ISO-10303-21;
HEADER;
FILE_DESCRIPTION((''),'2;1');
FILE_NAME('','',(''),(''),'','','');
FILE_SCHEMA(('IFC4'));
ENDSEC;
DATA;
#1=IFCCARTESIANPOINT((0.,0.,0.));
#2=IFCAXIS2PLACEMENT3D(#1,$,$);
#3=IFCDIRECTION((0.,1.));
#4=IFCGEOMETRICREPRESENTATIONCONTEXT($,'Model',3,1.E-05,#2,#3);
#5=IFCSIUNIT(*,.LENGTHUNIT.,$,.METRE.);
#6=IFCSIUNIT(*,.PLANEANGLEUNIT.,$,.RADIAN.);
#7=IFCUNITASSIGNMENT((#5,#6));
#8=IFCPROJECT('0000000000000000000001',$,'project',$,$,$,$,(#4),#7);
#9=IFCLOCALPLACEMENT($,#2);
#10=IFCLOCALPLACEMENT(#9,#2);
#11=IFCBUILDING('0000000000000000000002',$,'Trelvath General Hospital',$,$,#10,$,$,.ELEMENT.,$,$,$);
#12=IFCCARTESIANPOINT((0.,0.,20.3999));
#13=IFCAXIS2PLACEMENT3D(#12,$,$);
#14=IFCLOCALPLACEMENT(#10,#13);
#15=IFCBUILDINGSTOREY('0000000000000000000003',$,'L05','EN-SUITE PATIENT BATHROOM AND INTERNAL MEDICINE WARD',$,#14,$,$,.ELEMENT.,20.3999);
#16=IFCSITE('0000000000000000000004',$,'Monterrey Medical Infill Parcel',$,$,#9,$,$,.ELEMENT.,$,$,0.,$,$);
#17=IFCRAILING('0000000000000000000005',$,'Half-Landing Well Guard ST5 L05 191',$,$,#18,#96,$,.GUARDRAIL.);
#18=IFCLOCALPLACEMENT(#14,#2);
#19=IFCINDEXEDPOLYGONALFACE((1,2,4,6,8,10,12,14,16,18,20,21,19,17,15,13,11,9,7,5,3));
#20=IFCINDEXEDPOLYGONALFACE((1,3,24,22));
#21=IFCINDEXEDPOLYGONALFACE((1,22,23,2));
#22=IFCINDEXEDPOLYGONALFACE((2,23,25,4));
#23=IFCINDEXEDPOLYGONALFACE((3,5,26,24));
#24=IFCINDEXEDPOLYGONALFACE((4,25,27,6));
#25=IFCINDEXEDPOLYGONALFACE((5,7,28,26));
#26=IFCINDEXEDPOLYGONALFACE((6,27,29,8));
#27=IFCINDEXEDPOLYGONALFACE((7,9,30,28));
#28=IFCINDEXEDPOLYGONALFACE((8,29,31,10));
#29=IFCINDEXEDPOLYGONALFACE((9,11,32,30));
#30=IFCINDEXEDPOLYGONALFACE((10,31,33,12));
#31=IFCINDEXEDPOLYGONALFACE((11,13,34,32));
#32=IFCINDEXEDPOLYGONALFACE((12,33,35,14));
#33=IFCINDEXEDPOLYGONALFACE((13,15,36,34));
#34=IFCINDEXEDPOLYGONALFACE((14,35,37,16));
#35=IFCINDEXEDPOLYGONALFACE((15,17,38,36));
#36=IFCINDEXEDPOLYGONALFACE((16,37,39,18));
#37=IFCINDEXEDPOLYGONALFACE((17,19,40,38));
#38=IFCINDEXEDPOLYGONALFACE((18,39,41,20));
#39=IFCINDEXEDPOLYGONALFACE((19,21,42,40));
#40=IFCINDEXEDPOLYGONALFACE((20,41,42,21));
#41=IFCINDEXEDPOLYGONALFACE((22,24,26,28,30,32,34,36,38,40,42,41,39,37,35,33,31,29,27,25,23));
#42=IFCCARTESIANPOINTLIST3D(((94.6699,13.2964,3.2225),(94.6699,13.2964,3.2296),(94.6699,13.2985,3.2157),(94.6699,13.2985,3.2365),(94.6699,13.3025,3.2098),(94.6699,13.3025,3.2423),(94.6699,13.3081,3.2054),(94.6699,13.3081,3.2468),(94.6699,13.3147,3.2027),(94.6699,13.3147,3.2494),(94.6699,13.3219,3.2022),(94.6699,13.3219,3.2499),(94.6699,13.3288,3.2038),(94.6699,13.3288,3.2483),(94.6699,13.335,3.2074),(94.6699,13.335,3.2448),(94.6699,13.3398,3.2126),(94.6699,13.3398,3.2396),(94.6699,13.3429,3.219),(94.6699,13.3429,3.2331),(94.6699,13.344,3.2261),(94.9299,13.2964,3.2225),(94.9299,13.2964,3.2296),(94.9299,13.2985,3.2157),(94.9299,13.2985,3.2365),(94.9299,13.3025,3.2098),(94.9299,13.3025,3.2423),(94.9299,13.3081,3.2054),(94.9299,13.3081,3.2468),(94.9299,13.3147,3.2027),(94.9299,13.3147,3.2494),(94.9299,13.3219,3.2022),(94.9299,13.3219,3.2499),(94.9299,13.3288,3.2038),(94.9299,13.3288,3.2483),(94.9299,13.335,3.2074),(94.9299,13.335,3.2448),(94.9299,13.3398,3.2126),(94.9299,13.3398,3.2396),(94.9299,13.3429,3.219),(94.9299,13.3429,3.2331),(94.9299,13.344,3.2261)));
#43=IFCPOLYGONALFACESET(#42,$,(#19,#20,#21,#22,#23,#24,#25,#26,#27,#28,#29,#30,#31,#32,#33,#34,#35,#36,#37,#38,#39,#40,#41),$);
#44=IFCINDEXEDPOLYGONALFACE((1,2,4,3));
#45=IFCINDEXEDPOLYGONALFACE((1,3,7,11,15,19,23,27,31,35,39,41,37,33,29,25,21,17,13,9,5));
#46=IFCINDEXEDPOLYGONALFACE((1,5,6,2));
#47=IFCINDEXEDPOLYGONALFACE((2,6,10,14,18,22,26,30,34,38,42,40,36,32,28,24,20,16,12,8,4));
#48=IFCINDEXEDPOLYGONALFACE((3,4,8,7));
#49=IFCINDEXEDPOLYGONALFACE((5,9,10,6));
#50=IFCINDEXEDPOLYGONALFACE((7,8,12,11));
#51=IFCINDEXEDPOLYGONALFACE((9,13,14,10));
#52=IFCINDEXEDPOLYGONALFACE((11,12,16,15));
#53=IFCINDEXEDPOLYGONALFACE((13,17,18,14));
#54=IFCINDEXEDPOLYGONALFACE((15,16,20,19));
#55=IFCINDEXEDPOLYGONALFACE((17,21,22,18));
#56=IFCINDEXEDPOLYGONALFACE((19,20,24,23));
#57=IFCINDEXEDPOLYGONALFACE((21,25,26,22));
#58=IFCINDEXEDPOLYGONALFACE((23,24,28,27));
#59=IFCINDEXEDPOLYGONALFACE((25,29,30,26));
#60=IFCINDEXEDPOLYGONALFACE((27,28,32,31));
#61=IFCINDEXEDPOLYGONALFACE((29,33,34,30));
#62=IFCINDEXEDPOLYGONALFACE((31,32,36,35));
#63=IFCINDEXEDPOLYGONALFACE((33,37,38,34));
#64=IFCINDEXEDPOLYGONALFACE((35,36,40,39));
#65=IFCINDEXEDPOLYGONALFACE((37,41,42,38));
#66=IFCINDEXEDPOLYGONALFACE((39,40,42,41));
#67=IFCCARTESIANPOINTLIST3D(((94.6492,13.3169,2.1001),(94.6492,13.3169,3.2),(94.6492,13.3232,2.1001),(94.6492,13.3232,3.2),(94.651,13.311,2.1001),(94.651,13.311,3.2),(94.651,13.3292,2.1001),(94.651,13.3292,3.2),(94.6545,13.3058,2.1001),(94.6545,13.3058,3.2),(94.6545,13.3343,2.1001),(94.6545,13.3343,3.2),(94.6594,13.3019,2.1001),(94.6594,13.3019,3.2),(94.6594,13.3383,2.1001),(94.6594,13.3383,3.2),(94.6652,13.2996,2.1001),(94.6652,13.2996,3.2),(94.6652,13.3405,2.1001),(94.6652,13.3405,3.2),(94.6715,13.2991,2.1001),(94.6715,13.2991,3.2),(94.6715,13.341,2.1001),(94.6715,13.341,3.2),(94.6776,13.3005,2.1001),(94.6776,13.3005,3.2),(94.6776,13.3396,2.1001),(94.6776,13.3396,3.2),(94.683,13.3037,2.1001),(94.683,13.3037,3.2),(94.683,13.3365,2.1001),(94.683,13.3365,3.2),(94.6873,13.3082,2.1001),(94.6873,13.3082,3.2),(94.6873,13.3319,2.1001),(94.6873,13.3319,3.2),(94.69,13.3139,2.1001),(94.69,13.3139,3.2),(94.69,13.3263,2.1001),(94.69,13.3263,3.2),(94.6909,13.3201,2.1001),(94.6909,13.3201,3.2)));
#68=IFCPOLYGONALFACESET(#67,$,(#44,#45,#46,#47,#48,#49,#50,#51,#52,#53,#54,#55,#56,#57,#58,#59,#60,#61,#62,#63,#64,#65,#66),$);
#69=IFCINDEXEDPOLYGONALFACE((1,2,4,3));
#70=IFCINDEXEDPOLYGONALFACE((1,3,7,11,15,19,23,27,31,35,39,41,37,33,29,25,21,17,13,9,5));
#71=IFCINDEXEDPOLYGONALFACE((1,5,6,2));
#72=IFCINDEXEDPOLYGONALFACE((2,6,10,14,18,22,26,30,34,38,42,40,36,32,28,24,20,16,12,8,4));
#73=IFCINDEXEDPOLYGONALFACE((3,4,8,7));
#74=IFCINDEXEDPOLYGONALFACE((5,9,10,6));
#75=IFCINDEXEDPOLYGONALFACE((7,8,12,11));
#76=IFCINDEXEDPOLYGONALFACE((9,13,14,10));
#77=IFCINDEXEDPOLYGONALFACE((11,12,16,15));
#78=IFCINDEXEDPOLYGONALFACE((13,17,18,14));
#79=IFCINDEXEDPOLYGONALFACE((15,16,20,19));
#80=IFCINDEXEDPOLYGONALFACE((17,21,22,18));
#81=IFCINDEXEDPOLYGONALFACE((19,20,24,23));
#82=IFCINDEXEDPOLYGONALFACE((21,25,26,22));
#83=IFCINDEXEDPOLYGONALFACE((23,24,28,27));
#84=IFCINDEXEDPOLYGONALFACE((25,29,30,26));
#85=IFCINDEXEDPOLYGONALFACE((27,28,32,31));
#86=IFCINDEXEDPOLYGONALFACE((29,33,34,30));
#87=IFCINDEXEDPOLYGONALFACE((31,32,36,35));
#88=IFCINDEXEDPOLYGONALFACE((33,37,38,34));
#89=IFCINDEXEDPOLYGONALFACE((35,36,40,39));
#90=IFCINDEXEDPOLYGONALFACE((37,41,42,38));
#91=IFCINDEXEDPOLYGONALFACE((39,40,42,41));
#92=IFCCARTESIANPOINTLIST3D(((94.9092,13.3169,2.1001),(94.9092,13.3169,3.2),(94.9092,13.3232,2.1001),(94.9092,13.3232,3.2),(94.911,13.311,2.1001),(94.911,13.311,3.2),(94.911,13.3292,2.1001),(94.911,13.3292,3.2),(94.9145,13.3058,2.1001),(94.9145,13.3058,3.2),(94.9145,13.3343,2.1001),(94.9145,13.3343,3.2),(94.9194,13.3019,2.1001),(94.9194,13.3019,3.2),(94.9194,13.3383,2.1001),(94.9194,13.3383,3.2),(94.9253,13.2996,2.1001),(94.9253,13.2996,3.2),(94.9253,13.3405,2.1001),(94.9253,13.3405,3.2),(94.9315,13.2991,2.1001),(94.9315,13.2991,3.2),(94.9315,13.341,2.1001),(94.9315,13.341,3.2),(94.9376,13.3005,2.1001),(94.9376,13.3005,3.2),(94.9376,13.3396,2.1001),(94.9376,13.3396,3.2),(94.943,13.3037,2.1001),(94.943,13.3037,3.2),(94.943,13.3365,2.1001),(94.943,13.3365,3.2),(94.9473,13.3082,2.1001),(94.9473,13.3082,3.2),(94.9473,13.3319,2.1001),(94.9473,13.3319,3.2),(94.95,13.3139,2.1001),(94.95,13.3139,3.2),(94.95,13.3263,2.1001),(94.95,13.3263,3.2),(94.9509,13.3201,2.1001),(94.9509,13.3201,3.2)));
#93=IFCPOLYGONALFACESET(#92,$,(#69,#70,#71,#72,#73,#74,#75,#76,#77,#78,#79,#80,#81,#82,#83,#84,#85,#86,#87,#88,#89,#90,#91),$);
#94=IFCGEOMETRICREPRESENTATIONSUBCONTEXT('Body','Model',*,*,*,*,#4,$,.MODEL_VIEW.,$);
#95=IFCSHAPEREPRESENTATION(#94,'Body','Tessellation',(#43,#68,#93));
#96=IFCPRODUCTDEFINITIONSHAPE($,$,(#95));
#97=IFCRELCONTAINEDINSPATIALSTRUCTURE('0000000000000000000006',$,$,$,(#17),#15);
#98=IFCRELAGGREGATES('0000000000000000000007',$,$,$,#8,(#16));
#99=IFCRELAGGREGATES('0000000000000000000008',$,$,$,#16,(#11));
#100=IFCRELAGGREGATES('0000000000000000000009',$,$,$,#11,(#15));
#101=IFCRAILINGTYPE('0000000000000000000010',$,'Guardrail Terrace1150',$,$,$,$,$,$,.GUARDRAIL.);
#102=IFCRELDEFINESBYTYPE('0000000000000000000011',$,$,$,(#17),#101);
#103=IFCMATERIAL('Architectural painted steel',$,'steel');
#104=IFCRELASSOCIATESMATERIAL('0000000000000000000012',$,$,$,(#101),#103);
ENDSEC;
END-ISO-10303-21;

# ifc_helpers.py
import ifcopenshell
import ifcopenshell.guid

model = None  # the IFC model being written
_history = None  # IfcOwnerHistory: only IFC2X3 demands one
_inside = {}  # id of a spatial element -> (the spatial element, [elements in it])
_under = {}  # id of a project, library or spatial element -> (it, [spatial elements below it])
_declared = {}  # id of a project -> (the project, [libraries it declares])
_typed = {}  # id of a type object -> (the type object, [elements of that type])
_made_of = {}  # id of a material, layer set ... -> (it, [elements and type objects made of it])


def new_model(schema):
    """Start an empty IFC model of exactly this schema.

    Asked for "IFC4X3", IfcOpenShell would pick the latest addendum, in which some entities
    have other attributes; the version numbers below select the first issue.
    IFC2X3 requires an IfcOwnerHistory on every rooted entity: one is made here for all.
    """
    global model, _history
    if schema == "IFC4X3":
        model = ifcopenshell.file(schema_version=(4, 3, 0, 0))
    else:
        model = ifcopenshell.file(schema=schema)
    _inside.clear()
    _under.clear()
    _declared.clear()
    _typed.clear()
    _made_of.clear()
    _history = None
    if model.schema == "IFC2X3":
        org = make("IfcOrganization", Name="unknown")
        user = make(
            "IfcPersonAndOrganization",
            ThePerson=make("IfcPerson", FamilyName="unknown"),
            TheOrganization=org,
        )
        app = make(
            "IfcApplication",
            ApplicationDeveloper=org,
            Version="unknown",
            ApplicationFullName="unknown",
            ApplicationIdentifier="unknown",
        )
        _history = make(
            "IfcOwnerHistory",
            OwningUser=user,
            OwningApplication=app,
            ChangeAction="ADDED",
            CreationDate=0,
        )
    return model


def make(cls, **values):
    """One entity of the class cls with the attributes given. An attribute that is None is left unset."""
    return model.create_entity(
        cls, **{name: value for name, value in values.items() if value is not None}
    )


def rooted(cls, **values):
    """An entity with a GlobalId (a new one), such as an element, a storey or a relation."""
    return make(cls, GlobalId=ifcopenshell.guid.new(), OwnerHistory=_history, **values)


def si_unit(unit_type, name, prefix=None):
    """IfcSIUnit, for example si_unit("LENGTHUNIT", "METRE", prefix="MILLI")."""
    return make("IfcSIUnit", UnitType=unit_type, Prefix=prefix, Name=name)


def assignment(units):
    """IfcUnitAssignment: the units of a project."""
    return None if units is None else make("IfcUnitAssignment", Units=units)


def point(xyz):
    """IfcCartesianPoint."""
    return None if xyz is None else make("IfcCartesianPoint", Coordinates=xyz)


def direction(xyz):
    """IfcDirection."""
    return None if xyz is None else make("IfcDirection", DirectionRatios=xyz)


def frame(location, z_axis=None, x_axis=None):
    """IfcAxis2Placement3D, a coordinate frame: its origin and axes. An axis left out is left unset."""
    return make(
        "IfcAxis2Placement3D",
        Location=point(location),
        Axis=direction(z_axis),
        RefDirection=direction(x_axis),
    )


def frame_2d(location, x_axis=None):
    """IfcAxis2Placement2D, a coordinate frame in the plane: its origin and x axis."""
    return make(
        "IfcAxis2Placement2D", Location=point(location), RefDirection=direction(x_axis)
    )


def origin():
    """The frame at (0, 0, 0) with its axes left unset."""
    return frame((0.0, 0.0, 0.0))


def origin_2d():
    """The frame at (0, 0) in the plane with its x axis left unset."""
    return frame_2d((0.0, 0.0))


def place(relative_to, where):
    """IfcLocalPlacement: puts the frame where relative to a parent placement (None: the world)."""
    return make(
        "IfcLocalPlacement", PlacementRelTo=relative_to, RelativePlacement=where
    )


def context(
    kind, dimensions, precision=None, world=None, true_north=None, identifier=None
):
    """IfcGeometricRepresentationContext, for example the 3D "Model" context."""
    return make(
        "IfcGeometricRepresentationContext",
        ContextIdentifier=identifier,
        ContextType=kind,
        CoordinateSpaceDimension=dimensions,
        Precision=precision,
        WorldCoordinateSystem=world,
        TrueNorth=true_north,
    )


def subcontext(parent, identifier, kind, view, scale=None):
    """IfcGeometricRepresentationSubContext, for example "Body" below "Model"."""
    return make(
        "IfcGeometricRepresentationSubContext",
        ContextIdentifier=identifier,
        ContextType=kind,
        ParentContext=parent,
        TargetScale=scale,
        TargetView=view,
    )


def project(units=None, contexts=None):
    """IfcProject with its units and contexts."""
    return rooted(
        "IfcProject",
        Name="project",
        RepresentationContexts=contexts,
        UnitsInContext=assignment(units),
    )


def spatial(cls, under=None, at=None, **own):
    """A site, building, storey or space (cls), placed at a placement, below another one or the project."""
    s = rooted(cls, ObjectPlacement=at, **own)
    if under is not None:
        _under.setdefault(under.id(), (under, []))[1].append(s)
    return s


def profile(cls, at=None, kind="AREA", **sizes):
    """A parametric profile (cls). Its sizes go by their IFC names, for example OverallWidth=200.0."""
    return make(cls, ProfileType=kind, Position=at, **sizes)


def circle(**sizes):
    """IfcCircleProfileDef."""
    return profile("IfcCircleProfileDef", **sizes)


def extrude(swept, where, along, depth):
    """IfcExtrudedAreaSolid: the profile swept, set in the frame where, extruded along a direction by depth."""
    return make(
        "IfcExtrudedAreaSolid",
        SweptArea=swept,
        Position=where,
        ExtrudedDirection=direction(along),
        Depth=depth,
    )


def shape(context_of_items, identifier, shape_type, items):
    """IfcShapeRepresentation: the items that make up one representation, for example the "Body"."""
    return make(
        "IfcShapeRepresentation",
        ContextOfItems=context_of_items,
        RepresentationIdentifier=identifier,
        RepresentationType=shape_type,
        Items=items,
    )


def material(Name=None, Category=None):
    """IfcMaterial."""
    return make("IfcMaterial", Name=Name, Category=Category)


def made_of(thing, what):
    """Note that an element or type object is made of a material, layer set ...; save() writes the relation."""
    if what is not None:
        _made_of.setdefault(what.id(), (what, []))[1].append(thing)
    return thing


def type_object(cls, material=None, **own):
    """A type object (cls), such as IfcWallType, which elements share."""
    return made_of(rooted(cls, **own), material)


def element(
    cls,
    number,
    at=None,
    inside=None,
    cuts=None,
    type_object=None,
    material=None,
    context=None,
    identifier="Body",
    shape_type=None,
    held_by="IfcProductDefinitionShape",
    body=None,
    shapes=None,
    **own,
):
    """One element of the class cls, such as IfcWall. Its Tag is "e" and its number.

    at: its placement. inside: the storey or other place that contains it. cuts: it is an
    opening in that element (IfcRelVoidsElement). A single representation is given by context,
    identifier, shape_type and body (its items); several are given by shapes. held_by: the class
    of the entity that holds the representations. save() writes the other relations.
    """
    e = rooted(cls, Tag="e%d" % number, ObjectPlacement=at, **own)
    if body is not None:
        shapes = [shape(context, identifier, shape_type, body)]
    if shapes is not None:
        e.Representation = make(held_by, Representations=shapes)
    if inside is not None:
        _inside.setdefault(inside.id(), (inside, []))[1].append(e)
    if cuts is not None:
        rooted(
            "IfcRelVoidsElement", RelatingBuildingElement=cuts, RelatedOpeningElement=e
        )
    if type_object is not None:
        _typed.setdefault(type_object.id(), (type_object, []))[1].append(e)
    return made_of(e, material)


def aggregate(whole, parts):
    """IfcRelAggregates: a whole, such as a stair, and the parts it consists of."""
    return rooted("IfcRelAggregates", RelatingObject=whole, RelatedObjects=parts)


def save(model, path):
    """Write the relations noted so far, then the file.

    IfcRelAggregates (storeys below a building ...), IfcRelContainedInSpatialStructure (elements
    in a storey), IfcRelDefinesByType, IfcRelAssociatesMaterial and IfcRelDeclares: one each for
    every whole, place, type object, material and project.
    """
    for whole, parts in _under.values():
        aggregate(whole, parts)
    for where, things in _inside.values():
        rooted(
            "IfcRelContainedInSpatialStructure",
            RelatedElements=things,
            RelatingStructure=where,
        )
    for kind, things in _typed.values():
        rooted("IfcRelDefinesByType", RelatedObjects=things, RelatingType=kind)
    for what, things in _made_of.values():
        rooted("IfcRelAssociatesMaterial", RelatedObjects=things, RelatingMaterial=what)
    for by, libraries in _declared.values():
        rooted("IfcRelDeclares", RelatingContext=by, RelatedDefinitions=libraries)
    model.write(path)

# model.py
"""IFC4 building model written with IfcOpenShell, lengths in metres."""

from ifc_helpers import new_model, si_unit, direction, frame, origin, origin_2d, place, context, subcontext, project, spatial, circle, extrude, material, type_object, element, save


model = new_model("IFC4")

# Units and contexts
model_context = context("Model", 3, precision=1e-05, world=origin(), true_north=direction((0.0, 1.0)))
body_context = subcontext(model_context, "Body", "Model", "MODEL_VIEW")
ifc_project = project(units=[si_unit("LENGTHUNIT", "METRE"), si_unit("PLANEANGLEUNIT", "RADIAN")], contexts=[model_context])

# Site, building, storey
site_placement = place(None, origin())
site = spatial("IfcSite", under=ifc_project, at=site_placement, Name="Monterrey Medical Infill Parcel", CompositionType="ELEMENT", RefElevation=0.0)
building_placement = place(site_placement, origin())
building = spatial("IfcBuilding", under=site, at=building_placement, Name="Trelvath General Hospital", CompositionType="ELEMENT")
storey_placement = place(building_placement, frame((0.0, 0.0, 20.3999)))
storey = spatial("IfcBuildingStorey", under=building, at=storey_placement, Name="L05", Description="EN-SUITE PATIENT BATHROOM AND INTERNAL MEDICINE WARD", CompositionType="ELEMENT", Elevation=20.3999)

# Railing
ifc_material_1 = material(Name="Architectural painted steel", Category="steel")
railing_type_1 = type_object("IfcRailingType", Name="Guardrail Terrace1150", PredefinedType="GUARDRAIL", material=ifc_material_1)
railing_1_placement = place(storey_placement, frame((94.6699, 13.3201, 2.1001)))
element("IfcRailing", 1, at=railing_1_placement, inside=storey, type_object=railing_type_1, Name="Half-Landing Well Guard ST5 L05 191", PredefinedType="GUARDRAIL", context=body_context, shape_type="SweptSolid", body=[
    extrude(circle(Radius=0.0239, at=origin_2d()), frame((0.0, 0.0, 1.126), z_axis=(1.0, 0.0, 0.0), x_axis=(0.0, 1.0, 0.0)), (0.0, 0.0, 1.0), 0.26),
    extrude(circle(Radius=0.021, at=origin_2d()), origin(), (0.0, 0.0, 1.0), 1.0999),
    extrude(circle(Radius=0.021, at=origin_2d()), frame((0.26, 0.0, 0.0)), (0.0, 0.0, 1.0), 1.0999),
])

save(model, "model.ifc")
